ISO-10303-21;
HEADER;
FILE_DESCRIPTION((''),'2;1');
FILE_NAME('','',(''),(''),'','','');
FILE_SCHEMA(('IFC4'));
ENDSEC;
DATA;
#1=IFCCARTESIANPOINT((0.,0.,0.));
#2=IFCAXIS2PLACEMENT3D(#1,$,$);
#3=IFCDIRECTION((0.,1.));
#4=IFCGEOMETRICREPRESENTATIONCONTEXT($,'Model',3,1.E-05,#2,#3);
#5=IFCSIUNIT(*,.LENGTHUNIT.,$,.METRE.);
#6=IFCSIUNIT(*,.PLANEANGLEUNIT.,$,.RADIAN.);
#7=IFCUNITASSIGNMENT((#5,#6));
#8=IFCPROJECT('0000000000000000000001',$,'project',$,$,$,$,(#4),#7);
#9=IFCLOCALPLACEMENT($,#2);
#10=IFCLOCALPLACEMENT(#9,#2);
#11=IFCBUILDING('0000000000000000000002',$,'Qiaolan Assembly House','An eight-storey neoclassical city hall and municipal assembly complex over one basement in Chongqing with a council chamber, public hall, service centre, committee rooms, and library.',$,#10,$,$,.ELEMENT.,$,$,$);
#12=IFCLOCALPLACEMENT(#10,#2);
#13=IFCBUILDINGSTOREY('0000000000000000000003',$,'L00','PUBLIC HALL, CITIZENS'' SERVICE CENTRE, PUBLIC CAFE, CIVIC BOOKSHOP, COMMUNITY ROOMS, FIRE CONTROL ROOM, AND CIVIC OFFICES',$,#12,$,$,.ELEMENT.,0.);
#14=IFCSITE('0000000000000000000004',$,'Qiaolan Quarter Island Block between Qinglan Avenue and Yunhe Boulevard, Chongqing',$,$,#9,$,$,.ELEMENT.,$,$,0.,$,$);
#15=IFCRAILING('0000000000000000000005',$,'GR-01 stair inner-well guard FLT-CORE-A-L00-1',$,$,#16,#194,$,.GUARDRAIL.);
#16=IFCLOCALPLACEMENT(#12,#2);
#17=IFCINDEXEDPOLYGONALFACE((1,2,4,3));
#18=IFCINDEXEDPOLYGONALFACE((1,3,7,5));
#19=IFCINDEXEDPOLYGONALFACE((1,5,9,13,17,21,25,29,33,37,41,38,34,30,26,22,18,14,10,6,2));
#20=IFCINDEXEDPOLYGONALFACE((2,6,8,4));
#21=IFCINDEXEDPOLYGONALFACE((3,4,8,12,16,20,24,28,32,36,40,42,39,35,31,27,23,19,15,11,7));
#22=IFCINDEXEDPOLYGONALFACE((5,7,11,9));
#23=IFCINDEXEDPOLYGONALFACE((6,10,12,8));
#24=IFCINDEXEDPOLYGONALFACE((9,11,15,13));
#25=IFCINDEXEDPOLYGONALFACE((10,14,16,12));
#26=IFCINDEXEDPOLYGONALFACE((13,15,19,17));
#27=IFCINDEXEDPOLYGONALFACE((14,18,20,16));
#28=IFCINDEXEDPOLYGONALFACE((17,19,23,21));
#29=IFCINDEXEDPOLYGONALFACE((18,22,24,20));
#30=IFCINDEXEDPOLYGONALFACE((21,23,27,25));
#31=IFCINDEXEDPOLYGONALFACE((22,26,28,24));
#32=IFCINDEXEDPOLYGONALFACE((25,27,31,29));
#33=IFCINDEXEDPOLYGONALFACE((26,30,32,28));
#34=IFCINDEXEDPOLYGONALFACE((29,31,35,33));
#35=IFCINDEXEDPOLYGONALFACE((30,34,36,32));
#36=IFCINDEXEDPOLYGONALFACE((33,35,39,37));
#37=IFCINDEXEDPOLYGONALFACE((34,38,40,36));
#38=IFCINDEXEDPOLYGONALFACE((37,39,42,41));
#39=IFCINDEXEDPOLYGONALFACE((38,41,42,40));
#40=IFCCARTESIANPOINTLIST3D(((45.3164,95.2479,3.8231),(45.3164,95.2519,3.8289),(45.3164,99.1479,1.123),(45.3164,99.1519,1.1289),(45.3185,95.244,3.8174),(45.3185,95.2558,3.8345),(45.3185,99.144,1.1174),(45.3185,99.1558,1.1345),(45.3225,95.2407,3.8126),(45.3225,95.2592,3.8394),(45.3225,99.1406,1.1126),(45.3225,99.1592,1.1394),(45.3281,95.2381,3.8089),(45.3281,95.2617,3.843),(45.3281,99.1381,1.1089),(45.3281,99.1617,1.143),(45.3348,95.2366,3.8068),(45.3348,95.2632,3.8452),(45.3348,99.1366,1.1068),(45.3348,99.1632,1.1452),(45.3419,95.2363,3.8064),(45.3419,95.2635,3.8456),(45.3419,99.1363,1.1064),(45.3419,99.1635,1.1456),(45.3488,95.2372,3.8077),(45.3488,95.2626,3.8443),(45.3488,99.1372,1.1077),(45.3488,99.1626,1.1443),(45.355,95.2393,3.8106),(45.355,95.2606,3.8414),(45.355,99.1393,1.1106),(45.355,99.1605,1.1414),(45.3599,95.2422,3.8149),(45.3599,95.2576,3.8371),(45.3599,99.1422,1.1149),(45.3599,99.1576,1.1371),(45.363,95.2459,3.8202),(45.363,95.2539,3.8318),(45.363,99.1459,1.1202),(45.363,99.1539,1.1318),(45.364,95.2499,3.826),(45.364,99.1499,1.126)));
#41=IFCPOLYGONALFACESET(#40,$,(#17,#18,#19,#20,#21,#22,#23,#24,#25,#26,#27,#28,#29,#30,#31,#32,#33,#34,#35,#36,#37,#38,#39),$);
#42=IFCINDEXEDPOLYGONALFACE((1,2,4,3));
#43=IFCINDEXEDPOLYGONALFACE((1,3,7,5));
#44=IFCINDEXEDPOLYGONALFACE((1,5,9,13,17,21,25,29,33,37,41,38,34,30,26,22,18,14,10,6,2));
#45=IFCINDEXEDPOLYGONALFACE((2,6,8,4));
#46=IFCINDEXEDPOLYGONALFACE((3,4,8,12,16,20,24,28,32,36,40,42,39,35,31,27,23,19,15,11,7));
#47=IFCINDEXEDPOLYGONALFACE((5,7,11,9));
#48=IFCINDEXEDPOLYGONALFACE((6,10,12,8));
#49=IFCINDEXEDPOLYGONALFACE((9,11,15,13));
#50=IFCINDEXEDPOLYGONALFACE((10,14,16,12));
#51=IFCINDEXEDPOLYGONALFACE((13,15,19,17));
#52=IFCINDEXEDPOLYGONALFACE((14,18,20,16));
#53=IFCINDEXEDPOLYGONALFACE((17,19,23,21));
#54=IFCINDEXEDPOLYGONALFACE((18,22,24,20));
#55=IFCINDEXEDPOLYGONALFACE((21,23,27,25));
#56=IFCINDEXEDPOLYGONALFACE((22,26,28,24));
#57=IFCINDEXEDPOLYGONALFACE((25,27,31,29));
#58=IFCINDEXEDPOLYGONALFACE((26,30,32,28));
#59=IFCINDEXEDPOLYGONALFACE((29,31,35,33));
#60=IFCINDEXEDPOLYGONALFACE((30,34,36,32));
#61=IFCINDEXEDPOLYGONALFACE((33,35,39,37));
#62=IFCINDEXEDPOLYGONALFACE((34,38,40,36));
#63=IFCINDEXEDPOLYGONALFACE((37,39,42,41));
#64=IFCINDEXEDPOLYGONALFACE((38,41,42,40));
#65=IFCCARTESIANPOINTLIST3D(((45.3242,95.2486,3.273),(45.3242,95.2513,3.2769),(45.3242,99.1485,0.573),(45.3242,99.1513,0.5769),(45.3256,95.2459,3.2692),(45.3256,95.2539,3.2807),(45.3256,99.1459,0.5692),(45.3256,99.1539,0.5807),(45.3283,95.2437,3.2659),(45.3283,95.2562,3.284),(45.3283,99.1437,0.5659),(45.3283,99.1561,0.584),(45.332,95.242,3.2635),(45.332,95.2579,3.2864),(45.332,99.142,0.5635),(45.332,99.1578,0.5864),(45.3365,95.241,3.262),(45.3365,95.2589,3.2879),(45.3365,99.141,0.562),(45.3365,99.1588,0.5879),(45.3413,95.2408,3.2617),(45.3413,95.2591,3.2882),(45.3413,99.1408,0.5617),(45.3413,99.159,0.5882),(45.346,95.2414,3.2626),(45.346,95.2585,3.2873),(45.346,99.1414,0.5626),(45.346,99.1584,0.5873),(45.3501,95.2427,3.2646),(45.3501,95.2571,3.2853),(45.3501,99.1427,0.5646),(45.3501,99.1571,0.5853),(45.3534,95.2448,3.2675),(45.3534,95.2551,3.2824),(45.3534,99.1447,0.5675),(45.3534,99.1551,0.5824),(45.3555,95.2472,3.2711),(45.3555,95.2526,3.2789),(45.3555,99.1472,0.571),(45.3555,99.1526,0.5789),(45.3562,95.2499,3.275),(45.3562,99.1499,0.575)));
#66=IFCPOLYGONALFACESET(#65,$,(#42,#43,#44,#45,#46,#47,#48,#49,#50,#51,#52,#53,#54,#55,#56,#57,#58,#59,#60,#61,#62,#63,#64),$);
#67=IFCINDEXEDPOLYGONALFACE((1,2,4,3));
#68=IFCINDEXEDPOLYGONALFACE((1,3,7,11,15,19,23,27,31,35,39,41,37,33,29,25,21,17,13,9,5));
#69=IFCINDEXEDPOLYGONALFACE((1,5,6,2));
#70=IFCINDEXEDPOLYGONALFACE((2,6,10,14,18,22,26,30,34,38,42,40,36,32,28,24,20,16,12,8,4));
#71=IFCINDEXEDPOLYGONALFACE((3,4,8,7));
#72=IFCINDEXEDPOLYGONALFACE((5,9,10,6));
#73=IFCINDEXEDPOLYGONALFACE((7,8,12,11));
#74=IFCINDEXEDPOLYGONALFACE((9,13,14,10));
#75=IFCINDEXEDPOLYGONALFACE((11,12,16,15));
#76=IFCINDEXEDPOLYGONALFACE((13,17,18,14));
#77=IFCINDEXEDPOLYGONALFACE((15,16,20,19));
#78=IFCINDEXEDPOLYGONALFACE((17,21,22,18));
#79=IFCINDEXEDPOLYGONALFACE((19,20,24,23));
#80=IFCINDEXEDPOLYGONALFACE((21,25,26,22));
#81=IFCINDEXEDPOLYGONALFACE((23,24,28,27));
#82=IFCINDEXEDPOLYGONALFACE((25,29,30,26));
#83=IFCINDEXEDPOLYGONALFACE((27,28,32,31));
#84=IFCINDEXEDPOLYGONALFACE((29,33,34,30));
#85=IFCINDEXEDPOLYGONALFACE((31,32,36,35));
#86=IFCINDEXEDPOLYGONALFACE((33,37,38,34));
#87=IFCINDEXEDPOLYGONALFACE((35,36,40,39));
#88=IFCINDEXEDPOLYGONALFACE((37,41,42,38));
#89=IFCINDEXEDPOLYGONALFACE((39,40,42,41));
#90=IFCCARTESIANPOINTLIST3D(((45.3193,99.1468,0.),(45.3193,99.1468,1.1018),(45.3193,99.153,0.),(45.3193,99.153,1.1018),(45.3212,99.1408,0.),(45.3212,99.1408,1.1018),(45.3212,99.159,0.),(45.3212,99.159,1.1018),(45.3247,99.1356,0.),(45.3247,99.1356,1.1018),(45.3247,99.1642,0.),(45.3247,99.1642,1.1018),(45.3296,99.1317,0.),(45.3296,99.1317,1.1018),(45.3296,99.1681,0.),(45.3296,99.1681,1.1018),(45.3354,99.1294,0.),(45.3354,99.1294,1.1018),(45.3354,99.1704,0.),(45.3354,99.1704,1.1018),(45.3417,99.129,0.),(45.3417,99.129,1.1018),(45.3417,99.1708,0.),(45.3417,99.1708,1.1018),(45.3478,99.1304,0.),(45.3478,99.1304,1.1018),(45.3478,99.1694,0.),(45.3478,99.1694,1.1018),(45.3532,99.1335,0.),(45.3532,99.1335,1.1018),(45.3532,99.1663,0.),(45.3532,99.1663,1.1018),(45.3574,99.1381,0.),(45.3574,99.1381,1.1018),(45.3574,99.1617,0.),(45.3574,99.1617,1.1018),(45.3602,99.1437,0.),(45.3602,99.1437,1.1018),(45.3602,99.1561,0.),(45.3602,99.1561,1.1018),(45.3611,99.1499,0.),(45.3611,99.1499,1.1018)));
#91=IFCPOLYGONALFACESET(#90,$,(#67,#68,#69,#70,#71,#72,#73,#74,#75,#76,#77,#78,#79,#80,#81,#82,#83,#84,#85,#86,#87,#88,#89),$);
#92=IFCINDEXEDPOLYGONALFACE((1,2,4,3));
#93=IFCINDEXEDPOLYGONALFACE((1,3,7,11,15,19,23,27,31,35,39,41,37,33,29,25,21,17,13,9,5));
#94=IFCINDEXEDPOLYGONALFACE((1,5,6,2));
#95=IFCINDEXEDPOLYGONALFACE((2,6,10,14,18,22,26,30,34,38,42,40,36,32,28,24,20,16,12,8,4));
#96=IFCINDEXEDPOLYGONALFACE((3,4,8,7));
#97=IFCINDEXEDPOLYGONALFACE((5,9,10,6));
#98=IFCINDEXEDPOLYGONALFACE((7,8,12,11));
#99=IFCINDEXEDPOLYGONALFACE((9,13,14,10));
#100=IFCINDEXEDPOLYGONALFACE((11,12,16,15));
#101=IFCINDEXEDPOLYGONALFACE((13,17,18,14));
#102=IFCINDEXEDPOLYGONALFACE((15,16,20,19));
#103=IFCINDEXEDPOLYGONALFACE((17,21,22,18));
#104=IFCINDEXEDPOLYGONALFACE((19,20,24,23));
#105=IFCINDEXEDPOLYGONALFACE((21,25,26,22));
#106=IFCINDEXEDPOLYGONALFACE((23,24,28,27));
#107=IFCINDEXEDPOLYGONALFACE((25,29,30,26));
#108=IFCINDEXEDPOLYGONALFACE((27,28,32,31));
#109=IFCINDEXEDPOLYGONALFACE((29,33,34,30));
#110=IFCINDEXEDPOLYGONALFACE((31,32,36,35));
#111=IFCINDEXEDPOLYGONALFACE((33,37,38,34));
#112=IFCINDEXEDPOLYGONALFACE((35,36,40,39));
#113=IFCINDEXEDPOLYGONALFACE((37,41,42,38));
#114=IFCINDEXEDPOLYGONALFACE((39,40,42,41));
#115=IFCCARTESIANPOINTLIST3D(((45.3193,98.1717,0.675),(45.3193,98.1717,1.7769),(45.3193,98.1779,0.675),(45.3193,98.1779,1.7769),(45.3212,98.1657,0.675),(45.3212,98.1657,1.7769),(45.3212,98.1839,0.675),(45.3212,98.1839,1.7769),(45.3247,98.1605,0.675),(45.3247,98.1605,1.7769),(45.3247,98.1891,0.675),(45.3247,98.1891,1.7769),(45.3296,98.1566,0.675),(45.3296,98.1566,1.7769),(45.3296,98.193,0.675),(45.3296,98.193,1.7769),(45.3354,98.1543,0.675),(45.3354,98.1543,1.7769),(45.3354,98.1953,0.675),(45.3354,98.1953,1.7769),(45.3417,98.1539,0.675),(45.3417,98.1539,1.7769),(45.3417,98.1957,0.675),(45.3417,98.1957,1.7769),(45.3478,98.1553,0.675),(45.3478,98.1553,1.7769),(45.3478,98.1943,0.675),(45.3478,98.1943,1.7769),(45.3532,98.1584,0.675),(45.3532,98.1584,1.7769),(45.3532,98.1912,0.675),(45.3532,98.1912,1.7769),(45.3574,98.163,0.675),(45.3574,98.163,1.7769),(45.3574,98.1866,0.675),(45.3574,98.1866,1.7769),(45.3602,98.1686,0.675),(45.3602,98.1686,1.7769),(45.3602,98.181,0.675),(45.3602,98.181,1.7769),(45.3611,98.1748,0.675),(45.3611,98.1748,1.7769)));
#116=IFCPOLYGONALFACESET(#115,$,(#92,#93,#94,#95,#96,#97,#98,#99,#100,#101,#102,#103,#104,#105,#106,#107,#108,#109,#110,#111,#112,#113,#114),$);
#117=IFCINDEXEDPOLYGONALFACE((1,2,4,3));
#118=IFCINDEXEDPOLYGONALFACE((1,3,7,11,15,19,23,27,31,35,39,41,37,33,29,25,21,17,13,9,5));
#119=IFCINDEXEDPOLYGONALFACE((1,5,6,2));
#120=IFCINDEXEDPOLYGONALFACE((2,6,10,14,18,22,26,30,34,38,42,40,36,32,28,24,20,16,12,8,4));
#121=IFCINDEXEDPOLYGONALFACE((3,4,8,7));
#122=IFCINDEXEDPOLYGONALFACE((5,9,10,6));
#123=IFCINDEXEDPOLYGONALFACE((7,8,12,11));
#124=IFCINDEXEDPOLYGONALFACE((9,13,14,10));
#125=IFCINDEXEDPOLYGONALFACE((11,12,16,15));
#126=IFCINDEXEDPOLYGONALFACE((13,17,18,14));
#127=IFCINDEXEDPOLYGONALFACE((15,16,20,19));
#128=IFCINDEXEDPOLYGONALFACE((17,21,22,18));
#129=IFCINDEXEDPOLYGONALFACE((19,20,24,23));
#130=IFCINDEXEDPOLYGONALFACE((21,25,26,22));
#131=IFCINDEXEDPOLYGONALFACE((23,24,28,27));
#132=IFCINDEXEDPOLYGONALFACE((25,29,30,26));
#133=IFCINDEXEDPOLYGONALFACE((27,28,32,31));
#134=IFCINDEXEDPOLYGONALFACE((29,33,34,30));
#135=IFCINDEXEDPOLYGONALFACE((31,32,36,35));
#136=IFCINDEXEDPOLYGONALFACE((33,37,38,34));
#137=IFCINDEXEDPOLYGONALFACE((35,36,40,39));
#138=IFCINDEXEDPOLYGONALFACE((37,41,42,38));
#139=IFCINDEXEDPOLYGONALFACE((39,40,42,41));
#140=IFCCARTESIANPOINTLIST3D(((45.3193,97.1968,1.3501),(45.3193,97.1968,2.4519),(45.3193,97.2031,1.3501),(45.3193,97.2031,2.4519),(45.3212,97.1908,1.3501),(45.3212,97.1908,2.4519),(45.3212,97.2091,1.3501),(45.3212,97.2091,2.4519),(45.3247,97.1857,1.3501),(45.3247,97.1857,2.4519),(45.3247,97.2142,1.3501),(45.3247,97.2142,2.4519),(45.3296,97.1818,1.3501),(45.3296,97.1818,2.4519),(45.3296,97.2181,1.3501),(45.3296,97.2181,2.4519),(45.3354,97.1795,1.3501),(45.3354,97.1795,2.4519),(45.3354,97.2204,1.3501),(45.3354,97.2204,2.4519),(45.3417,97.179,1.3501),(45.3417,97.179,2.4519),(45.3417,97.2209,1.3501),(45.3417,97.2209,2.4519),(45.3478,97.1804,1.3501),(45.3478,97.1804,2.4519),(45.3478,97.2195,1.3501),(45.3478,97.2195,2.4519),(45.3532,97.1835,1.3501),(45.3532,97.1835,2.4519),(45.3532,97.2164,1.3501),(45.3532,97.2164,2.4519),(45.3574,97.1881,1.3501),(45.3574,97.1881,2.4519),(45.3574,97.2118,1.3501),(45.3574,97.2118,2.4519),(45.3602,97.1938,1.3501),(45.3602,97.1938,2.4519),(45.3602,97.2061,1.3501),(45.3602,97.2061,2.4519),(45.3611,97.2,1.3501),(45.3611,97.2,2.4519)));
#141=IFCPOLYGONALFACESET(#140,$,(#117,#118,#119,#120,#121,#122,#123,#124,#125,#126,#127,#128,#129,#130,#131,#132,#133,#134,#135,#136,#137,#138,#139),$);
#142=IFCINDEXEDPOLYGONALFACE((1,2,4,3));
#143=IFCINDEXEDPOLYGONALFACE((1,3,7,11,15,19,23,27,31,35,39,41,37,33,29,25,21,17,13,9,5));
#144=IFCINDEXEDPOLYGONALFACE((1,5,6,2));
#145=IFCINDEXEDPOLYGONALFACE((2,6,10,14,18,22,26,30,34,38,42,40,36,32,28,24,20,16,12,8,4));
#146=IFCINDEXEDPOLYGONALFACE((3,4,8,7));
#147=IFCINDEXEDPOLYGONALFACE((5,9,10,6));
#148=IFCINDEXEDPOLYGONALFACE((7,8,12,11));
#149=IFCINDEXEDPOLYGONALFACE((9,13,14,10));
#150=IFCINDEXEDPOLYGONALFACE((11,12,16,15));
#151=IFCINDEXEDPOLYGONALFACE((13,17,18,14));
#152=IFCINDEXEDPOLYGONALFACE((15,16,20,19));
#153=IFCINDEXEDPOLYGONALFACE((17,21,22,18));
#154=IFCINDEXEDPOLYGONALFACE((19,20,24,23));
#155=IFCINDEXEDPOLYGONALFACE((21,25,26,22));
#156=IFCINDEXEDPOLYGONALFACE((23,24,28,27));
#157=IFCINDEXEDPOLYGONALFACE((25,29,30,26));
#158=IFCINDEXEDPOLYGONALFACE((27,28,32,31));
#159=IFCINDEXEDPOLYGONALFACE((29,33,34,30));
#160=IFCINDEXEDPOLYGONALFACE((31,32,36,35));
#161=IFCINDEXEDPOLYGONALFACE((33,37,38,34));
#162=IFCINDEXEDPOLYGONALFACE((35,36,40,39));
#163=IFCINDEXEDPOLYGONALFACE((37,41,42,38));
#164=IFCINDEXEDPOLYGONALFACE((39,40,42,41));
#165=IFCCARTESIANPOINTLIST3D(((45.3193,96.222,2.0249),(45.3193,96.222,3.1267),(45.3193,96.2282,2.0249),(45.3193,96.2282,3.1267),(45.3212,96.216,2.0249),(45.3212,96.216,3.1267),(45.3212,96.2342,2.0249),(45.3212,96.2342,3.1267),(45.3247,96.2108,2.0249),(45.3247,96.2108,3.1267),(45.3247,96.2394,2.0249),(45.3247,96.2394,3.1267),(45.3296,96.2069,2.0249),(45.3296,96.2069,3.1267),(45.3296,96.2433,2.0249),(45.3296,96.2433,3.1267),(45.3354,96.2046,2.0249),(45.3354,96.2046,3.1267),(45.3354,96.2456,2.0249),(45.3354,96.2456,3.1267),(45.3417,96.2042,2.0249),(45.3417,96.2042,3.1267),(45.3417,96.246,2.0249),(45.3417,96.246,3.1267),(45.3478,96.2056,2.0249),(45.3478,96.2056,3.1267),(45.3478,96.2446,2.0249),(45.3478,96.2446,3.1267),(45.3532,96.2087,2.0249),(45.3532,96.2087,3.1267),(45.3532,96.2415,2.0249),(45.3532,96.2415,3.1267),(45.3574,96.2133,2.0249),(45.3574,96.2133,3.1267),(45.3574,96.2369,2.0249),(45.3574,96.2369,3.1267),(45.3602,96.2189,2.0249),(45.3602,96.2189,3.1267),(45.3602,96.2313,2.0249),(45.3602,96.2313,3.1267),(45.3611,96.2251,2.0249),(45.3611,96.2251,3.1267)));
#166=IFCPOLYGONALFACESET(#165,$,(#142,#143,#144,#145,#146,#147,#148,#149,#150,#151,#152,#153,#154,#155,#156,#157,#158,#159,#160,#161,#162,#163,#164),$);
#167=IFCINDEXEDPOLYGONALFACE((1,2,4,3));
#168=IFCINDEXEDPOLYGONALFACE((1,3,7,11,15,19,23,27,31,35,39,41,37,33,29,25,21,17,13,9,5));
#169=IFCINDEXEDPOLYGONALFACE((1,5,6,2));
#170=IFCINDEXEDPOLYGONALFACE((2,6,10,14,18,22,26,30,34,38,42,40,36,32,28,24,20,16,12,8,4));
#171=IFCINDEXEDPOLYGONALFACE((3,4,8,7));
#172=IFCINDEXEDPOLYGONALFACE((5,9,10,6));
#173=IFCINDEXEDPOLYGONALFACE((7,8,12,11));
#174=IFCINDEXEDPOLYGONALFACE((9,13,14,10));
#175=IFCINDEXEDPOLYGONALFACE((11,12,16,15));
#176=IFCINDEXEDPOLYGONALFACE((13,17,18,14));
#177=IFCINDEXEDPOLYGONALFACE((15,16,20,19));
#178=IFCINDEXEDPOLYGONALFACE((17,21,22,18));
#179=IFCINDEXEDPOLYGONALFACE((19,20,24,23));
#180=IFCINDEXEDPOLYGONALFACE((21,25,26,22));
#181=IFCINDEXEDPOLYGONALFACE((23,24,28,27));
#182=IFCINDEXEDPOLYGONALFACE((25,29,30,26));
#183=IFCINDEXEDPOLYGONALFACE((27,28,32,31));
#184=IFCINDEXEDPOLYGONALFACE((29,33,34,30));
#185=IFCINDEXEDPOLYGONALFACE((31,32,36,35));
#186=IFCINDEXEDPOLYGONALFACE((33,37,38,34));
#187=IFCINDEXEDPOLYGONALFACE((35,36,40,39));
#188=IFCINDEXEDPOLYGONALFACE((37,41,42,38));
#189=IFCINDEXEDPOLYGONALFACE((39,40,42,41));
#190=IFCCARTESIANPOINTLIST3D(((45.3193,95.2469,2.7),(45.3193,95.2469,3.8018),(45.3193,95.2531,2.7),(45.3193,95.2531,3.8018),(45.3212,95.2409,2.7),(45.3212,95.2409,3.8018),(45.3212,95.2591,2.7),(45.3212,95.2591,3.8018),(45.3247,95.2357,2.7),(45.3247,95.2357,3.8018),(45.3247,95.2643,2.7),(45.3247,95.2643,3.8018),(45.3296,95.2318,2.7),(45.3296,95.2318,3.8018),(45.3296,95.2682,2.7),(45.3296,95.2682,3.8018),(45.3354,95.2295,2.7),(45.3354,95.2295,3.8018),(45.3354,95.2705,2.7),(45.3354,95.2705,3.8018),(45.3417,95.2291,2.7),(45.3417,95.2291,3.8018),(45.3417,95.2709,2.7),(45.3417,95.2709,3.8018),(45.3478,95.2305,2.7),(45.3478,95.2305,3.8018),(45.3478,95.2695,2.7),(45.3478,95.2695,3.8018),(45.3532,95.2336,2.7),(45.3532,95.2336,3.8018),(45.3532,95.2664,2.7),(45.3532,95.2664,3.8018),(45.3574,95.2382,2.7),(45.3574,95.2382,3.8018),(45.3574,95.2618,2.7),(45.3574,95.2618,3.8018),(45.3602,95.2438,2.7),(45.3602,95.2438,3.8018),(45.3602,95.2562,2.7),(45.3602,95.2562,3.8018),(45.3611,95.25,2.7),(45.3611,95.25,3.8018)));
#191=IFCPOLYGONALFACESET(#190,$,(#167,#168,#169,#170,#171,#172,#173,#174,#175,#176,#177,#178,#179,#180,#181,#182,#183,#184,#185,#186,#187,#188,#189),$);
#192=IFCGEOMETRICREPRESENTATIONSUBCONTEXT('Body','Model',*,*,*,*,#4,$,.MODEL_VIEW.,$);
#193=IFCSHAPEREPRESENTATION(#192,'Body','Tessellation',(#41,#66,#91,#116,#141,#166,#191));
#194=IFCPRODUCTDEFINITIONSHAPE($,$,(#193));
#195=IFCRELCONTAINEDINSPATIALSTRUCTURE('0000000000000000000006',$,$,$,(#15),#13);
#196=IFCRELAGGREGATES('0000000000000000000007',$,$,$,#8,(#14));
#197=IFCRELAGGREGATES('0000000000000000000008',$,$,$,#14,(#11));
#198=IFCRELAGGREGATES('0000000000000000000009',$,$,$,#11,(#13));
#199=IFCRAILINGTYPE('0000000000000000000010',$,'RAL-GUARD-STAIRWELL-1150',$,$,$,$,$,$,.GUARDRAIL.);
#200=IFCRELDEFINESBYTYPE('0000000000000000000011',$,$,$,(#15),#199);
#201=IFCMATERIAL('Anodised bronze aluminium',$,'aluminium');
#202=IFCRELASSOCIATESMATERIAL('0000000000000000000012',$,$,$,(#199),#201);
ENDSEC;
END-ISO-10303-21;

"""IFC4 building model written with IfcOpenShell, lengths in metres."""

from ifc_helpers import new_model, si_unit, direction, frame, origin, origin_2d, place, context, subcontext, project, spatial, circle, extrude, material, type_object, element, save


model = new_model("IFC4")

# Units and contexts
model_context = context("Model", 3, precision=1e-05, world=origin(), true_north=direction((0.0, 1.0)))
body_context = subcontext(model_context, "Body", "Model", "MODEL_VIEW")
ifc_project = project(units=[si_unit("LENGTHUNIT", "METRE"), si_unit("PLANEANGLEUNIT", "RADIAN")], contexts=[model_context])

# Site, building, storey
site_placement = place(None, origin())
site = spatial("IfcSite", under=ifc_project, at=site_placement, Name="Qiaolan Quarter Island Block between Qinglan Avenue and Yunhe Boulevard, Chongqing", CompositionType="ELEMENT", RefElevation=0.0)
building_placement = place(site_placement, origin())
building = spatial("IfcBuilding", under=site, at=building_placement, Name="Qiaolan Assembly House", Description="An eight-storey neoclassical city hall and municipal assembly complex over one basement in Chongqing with a council chamber, public hall, service centre, committee rooms, and library.", CompositionType="ELEMENT")
storey_placement = place(building_placement, origin())
storey = spatial("IfcBuildingStorey", under=building, at=storey_placement, Name="L00", Description="PUBLIC HALL, CITIZENS' SERVICE CENTRE, PUBLIC CAFE, CIVIC BOOKSHOP, COMMUNITY ROOMS, FIRE CONTROL ROOM, AND CIVIC OFFICES", CompositionType="ELEMENT", Elevation=0.0)

# Railing
ifc_material_1 = material(Name="Anodised bronze aluminium", Category="aluminium")
railing_type_1 = type_object("IfcRailingType", Name="RAL-GUARD-STAIRWELL-1150", PredefinedType="GUARDRAIL", material=ifc_material_1)
railing_1_placement = place(storey_placement, frame((45.3401, 99.1499, 0.0)))
element("IfcRailing", 1, at=railing_1_placement, inside=storey, type_object=railing_type_1, Name="GR-01 stair inner-well guard FLT-CORE-A-L00-1", PredefinedType="GUARDRAIL", context=body_context, shape_type="SweptSolid", body=[
    extrude(circle(Radius=0.0239, at=origin_2d()), frame((0.0, 0.0, 1.126), z_axis=(0.0, -0.82219, 0.569213), x_axis=(1.0, 0.0, 0.0)), (0.0, 0.0, 1.0), 4.7434),
    extrude(circle(Radius=0.0161, at=origin_2d()), frame((0.0, 0.0, 0.575), z_axis=(0.0, -0.82219, 0.569213), x_axis=(1.0, 0.0, 0.0)), (0.0, 0.0, 1.0), 4.7434),
    extrude(circle(Radius=0.021, at=origin_2d()), origin(), (0.0, 0.0, 1.0), 1.1018),
    extrude(circle(Radius=0.021, at=origin_2d()), frame((0.0, -0.9751, 0.675)), (0.0, 0.0, 1.0), 1.1018),
    extrude(circle(Radius=0.021, at=origin_2d()), frame((0.0, -1.95, 1.3501)), (0.0, 0.0, 1.0), 1.1018),
    extrude(circle(Radius=0.021, at=origin_2d()), frame((0.0, -2.9248, 2.0249)), (0.0, 0.0, 1.0), 1.1018),
    extrude(circle(Radius=0.021, at=origin_2d()), frame((0.0, -3.8999, 2.7)), (0.0, 0.0, 1.0), 1.1018),
])

save(model, "model.ifc")
